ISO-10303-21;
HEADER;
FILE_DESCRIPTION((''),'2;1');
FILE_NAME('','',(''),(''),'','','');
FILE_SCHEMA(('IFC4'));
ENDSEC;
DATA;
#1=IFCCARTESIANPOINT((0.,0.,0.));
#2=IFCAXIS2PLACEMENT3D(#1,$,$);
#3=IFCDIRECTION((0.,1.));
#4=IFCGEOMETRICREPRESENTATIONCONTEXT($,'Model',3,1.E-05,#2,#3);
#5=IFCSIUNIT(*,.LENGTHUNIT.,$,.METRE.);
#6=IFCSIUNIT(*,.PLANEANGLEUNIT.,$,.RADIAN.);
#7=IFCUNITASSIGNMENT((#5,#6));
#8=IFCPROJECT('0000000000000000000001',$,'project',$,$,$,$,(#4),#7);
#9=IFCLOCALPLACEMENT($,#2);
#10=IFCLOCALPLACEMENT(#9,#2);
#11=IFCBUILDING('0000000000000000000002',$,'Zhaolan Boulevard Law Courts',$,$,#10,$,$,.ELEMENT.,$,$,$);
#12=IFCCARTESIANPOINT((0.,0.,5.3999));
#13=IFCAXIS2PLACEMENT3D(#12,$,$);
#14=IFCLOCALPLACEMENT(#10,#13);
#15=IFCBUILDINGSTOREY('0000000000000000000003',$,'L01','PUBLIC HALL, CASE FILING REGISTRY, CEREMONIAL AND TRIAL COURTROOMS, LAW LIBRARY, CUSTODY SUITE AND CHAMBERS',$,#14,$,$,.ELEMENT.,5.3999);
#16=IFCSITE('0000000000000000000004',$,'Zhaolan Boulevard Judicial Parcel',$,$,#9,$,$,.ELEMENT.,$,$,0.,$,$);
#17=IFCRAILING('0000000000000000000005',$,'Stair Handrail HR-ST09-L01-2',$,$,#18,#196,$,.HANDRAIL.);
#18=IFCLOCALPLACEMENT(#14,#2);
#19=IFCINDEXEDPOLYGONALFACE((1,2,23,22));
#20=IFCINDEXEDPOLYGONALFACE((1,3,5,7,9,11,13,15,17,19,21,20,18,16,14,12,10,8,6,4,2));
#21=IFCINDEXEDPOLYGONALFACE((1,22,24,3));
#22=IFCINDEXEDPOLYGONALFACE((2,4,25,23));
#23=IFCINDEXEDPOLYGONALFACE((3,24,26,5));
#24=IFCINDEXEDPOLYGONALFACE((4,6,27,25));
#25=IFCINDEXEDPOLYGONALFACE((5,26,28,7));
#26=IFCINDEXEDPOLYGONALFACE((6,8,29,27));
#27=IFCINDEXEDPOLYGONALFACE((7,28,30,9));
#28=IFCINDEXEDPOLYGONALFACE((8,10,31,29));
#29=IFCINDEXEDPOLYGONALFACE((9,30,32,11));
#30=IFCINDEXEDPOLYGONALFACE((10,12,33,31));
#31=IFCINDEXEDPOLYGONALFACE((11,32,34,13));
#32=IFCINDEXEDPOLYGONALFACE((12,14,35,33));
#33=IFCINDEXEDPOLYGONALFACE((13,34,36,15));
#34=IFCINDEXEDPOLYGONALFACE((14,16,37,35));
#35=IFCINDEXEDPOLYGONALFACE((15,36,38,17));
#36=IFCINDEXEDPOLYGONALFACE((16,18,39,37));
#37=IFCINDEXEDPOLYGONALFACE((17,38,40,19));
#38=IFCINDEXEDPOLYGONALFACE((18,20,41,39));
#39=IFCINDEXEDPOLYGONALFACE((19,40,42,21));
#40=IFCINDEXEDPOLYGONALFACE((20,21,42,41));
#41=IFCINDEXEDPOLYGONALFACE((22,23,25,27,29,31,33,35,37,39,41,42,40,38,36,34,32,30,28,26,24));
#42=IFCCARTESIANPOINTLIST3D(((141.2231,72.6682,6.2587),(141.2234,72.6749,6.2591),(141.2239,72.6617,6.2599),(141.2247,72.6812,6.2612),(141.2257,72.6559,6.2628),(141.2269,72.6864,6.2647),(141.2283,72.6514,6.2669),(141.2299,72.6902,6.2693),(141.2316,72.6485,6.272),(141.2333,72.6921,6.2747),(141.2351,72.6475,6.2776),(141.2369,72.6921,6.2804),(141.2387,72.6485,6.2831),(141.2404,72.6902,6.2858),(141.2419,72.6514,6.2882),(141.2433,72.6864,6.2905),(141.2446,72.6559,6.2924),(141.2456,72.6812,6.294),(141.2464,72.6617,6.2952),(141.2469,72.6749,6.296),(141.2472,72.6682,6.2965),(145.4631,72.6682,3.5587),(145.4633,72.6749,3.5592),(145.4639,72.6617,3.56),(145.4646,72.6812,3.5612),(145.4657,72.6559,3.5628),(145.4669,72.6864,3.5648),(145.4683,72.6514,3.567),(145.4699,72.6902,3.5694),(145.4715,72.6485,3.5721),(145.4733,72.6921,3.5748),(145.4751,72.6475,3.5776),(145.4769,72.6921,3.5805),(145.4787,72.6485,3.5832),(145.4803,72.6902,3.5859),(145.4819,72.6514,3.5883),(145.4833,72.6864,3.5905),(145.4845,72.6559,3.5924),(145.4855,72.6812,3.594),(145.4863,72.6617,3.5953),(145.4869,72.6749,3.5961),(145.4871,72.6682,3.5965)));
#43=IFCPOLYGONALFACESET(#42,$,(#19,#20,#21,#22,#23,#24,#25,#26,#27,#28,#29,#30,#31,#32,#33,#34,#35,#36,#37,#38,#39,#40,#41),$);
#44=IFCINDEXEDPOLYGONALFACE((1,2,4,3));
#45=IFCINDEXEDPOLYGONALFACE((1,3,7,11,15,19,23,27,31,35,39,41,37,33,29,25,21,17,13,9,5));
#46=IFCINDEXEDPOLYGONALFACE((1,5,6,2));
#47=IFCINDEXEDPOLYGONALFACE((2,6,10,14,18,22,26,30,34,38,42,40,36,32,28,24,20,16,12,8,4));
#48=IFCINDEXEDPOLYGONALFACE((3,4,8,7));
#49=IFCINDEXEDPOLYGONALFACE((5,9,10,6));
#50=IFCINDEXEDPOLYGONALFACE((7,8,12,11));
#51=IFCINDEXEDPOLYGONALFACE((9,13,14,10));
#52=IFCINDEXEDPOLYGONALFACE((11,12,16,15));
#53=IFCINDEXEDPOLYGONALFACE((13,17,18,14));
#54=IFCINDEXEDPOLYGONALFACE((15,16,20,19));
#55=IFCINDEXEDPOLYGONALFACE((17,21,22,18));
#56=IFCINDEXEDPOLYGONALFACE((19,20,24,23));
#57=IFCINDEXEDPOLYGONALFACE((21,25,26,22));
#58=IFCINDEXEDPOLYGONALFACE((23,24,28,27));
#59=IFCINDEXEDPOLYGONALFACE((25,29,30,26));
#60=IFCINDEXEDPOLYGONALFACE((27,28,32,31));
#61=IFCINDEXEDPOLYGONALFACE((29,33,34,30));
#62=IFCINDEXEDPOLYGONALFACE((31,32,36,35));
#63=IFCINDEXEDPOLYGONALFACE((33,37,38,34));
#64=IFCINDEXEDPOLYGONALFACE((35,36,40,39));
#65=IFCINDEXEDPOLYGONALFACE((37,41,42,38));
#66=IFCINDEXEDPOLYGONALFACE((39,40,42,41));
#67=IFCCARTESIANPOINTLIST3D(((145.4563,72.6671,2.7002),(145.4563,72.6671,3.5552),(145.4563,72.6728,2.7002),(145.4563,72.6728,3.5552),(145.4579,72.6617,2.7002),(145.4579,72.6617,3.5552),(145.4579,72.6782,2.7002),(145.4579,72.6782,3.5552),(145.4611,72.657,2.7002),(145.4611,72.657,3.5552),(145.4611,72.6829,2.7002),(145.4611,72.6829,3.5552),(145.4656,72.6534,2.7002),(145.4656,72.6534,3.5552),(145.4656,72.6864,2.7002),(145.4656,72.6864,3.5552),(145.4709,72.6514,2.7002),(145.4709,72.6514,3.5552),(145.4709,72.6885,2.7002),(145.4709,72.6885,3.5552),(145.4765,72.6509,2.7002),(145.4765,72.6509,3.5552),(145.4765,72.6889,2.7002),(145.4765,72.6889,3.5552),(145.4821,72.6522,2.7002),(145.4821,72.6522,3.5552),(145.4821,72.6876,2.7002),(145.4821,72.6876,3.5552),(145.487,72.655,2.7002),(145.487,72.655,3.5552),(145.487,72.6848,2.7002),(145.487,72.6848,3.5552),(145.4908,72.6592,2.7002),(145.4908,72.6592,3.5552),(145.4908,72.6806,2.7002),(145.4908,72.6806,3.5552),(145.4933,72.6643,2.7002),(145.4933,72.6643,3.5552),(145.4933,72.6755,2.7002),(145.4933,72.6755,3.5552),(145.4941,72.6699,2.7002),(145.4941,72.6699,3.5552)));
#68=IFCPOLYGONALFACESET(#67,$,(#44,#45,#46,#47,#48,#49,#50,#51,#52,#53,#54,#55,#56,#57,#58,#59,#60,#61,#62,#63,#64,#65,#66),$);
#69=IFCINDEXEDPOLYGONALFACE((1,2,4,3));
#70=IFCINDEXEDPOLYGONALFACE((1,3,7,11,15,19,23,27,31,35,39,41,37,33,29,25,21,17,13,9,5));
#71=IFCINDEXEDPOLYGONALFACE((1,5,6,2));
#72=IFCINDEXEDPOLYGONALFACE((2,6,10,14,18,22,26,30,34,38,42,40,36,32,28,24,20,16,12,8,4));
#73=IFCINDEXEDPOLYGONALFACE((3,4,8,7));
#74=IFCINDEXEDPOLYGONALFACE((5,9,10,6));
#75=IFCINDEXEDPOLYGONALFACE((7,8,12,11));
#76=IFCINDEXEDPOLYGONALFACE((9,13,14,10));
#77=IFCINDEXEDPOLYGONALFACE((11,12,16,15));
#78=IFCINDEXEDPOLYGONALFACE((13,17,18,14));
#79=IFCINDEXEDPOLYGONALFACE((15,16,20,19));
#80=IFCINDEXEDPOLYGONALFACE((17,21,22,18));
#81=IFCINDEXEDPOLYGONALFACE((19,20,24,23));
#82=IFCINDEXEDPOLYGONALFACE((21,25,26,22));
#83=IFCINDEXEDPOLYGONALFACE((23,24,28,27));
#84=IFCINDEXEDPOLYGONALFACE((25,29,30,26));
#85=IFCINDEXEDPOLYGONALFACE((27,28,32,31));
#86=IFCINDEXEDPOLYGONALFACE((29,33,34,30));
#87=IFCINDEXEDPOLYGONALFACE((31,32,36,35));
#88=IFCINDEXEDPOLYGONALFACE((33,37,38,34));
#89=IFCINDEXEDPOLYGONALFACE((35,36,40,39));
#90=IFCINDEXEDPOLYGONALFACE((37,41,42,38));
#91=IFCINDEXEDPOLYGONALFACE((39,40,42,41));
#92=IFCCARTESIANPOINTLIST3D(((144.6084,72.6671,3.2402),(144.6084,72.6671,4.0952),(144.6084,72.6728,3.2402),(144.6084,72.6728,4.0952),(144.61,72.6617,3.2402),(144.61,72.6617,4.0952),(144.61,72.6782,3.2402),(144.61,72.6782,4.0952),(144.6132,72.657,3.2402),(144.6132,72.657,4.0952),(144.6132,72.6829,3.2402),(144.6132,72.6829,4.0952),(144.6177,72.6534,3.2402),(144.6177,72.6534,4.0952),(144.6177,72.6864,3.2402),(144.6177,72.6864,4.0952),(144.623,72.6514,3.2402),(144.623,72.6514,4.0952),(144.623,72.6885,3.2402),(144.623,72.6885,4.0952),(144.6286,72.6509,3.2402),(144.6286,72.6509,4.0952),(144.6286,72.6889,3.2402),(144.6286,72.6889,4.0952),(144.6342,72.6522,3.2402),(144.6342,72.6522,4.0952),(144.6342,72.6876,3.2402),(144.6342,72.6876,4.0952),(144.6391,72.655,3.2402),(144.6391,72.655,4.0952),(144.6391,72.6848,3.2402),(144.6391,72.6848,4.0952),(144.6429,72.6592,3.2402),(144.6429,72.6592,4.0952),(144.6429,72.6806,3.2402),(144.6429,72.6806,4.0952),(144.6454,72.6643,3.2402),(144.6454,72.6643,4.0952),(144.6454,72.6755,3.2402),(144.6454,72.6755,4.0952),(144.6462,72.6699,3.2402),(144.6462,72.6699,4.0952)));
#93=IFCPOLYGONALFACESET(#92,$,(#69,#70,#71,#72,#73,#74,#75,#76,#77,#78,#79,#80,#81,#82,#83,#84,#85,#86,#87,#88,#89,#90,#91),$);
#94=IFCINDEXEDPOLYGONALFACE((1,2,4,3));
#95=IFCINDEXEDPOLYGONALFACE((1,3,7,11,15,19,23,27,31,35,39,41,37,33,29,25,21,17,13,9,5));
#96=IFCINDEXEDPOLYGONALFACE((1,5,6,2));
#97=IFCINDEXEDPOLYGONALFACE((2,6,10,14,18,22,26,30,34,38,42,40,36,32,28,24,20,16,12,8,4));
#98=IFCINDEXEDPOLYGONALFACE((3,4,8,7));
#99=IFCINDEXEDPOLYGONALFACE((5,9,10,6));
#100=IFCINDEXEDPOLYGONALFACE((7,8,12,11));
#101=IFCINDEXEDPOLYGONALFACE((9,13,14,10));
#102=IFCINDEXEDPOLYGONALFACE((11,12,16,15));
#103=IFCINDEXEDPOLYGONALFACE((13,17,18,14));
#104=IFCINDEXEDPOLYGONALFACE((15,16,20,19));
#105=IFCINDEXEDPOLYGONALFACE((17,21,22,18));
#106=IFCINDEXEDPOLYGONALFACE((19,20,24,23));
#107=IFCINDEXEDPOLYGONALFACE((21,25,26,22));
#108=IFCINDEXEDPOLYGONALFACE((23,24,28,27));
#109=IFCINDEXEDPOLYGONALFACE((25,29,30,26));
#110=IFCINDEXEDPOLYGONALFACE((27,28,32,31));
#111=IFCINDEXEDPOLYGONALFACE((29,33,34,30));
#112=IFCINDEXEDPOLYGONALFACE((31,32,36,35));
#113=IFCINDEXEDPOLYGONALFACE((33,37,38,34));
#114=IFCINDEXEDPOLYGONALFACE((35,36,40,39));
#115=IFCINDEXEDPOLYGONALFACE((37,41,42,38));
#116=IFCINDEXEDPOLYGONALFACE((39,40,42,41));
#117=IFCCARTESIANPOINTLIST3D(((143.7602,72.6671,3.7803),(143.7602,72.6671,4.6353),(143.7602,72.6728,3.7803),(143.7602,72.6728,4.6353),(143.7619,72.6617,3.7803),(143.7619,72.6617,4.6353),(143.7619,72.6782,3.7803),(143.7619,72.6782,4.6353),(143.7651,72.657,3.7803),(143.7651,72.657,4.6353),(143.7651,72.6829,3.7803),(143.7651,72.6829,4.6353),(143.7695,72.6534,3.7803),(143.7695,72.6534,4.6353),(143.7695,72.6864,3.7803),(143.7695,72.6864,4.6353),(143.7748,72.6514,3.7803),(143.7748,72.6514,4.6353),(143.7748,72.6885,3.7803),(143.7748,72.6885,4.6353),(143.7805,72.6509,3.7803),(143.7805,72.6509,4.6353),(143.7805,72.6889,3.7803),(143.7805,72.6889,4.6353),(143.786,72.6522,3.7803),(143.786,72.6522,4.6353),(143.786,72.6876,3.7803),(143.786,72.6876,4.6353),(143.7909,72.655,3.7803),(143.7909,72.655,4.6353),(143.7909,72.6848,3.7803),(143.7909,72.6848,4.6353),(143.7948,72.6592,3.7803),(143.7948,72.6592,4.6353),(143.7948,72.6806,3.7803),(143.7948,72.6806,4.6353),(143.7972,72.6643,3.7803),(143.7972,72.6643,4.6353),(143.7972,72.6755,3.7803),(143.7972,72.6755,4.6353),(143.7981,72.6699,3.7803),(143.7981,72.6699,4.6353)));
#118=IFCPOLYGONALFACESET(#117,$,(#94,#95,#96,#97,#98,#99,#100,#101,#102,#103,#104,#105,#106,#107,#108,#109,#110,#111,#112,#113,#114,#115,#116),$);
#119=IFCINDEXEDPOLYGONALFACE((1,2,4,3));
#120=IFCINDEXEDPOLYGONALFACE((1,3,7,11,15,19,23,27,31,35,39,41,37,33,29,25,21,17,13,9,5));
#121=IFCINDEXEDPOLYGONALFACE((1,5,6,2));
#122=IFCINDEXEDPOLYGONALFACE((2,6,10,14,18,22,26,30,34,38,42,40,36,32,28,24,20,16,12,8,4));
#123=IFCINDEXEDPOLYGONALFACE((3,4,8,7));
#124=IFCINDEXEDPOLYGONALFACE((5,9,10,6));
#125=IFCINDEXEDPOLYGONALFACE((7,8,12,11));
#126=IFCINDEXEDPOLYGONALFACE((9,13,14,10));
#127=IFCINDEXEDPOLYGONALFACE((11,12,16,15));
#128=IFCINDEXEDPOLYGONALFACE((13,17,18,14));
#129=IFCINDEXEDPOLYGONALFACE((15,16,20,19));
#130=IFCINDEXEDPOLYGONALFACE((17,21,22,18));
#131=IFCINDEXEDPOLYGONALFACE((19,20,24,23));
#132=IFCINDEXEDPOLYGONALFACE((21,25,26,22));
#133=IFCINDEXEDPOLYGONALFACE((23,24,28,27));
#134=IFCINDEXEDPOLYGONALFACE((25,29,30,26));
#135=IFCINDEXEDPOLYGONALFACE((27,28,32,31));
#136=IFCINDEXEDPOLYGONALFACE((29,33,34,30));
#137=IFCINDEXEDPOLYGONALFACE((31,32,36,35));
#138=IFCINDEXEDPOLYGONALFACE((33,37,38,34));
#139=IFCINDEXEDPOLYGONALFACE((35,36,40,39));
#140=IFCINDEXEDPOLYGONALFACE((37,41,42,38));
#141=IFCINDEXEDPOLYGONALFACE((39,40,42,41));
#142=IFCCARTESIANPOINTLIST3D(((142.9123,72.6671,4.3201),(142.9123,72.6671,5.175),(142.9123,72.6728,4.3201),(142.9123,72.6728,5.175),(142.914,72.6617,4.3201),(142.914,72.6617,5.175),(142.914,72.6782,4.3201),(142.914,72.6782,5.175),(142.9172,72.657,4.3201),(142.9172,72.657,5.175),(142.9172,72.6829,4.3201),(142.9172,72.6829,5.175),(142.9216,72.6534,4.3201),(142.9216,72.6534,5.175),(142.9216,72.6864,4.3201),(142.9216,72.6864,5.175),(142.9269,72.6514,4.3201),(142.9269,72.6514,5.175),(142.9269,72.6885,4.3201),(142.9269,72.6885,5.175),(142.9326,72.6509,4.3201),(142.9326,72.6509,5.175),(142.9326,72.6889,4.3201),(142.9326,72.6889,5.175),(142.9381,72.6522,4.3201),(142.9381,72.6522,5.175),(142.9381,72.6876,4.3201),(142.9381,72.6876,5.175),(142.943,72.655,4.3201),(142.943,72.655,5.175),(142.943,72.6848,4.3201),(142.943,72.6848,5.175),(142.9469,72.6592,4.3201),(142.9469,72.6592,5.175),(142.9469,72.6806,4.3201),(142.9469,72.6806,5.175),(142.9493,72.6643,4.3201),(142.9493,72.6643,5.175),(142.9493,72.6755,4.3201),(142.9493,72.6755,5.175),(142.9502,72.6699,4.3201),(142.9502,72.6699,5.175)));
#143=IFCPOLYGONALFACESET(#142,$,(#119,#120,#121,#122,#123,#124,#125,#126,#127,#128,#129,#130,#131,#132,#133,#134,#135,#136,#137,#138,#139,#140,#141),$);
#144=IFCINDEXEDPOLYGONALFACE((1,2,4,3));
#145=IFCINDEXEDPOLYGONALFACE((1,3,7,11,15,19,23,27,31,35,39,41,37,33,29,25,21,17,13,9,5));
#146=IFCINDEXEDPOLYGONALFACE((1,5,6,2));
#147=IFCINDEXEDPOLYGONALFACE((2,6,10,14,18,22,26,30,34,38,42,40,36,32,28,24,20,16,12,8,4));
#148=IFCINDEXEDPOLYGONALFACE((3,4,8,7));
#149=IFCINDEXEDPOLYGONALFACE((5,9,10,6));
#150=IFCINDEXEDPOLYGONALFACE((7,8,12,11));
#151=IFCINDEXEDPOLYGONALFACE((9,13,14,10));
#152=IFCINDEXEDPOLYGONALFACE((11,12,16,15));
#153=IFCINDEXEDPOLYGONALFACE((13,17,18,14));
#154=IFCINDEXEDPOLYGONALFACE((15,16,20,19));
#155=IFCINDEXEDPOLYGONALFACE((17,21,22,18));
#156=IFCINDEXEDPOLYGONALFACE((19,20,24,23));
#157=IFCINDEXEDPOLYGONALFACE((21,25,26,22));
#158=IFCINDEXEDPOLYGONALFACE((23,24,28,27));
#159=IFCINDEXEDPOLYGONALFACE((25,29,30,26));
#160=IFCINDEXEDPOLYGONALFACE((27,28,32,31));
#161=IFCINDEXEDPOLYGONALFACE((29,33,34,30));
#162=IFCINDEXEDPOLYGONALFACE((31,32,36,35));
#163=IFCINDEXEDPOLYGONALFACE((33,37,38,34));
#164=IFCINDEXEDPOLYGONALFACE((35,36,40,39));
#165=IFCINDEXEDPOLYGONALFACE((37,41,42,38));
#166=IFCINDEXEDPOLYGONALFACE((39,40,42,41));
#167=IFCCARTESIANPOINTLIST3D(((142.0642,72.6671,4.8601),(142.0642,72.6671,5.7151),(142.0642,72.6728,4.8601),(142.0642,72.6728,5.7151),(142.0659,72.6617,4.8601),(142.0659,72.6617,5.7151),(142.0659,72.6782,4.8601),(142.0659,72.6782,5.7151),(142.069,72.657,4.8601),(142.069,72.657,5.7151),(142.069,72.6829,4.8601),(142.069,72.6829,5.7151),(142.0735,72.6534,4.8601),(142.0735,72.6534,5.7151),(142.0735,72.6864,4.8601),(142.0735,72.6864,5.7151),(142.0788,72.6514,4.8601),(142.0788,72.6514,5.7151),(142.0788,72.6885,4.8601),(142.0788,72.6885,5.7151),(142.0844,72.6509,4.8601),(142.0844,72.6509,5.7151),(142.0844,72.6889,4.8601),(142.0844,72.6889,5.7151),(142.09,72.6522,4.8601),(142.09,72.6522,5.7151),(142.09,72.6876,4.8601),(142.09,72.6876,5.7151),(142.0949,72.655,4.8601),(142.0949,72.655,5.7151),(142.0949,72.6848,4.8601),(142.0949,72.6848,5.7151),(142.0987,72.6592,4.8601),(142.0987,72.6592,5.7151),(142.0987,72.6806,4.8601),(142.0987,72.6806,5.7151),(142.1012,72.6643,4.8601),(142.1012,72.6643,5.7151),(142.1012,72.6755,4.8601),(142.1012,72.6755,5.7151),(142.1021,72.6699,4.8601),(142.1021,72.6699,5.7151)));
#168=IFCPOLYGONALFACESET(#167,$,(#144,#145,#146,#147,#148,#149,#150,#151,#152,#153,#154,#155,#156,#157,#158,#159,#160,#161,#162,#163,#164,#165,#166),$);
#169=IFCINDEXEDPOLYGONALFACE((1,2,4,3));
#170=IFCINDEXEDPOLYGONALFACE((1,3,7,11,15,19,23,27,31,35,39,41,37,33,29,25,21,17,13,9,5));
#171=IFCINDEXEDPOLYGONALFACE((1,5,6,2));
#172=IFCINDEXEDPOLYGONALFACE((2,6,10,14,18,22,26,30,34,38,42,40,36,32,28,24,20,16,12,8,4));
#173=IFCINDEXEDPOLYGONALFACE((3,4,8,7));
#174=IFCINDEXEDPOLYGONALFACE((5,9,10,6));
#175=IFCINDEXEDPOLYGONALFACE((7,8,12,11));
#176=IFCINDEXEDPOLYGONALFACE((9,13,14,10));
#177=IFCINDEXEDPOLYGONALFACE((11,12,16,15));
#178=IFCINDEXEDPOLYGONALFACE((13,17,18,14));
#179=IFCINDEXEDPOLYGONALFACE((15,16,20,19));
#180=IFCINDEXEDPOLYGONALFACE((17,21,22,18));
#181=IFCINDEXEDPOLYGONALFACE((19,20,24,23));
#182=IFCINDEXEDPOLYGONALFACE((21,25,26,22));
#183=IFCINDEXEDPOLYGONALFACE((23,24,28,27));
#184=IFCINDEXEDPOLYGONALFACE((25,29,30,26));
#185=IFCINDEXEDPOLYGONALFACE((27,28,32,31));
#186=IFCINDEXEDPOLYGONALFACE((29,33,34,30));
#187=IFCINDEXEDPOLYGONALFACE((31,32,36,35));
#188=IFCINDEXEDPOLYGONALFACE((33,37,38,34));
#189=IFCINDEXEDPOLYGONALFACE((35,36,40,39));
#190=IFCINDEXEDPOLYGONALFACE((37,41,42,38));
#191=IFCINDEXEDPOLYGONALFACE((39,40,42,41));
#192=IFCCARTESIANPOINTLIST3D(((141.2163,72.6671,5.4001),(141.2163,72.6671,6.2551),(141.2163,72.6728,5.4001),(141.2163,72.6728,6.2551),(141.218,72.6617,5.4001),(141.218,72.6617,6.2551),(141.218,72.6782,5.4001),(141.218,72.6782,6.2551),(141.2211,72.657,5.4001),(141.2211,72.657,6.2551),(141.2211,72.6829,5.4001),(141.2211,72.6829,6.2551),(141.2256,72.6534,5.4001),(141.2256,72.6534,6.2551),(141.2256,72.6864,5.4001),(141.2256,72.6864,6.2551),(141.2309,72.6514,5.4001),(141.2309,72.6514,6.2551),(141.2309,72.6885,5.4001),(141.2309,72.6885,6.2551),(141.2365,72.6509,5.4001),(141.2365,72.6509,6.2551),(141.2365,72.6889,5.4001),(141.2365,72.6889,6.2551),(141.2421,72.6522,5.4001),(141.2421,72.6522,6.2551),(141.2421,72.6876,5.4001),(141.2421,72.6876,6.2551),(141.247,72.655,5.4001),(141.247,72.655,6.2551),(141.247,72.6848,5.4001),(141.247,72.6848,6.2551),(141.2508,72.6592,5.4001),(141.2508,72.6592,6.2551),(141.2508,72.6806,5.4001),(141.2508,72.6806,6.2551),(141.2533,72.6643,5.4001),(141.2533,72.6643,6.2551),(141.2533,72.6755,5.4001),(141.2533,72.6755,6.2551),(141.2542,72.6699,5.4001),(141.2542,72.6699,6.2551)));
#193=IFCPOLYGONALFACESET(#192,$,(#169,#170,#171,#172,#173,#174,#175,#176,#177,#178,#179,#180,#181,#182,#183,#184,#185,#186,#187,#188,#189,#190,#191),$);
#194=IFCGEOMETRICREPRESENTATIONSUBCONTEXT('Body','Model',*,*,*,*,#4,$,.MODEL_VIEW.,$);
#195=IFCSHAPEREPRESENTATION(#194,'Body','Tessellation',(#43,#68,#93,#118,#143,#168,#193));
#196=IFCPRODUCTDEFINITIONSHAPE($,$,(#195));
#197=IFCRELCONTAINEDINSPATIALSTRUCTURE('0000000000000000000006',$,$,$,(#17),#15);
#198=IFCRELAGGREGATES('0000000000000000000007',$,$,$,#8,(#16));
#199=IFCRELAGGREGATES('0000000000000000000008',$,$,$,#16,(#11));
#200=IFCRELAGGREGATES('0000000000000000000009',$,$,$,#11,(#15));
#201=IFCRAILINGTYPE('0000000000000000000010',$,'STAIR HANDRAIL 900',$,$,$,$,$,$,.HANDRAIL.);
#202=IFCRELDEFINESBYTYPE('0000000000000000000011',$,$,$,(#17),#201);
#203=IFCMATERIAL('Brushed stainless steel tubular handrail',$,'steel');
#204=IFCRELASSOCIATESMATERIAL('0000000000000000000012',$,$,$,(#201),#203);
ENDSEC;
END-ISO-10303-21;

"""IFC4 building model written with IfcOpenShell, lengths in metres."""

from ifc_helpers import new_model, si_unit, direction, frame, origin, origin_2d, place, context, subcontext, project, spatial, circle, extrude, material, type_object, element, save


model = new_model("IFC4")

# Units and contexts
model_context = context("Model", 3, precision=1e-05, world=origin(), true_north=direction((0.0, 1.0)))
body_context = subcontext(model_context, "Body", "Model", "MODEL_VIEW")
ifc_project = project(units=[si_unit("LENGTHUNIT", "METRE"), si_unit("PLANEANGLEUNIT", "RADIAN")], contexts=[model_context])

# Site, building, storey
site_placement = place(None, origin())
site = spatial("IfcSite", under=ifc_project, at=site_placement, Name="Zhaolan Boulevard Judicial Parcel", CompositionType="ELEMENT", RefElevation=0.0)
building_placement = place(site_placement, origin())
building = spatial("IfcBuilding", under=site, at=building_placement, Name="Zhaolan Boulevard Law Courts", CompositionType="ELEMENT")
storey_placement = place(building_placement, frame((0.0, 0.0, 5.3999)))
storey = spatial("IfcBuildingStorey", under=building, at=storey_placement, Name="L01", Description="PUBLIC HALL, CASE FILING REGISTRY, CEREMONIAL AND TRIAL COURTROOMS, LAW LIBRARY, CUSTODY SUITE AND CHAMBERS", CompositionType="ELEMENT", Elevation=5.3999)

# Railing
ifc_material_1 = material(Name="Brushed stainless steel tubular handrail", Category="steel")
railing_type_1 = type_object("IfcRailingType", Name="STAIR HANDRAIL 900", PredefinedType="HANDRAIL", material=ifc_material_1)
railing_1_placement = place(storey_placement, frame((145.4751, 72.6699, 2.7002)))
element("IfcRailing", 1, at=railing_1_placement, inside=storey, type_object=railing_type_1, Name="Stair Handrail HR-ST09-L01-2", PredefinedType="HANDRAIL", context=body_context, shape_type="SweptSolid", body=[
    extrude(circle(Radius=0.0225, at=origin_2d()), frame((0.0, 0.0, 0.8774), z_axis=(-0.843501, 0.0, 0.537127), x_axis=(0.0, -1.0, 0.0)), (0.0, 0.0, 1.0), 5.0266),
    extrude(circle(Radius=0.019, at=origin_2d()), origin(), (0.0, 0.0, 1.0), 0.855),
    extrude(circle(Radius=0.019, at=origin_2d()), frame((-0.8479, 0.0, 0.54)), (0.0, 0.0, 1.0), 0.855),
    extrude(circle(Radius=0.019, at=origin_2d()), frame((-1.696, 0.0, 1.0801)), (0.0, 0.0, 1.0), 0.855),
    extrude(circle(Radius=0.019, at=origin_2d()), frame((-2.5439, 0.0, 1.6199)), (0.0, 0.0, 1.0), 0.855),
    extrude(circle(Radius=0.019, at=origin_2d()), frame((-3.3921, 0.0, 2.1599)), (0.0, 0.0, 1.0), 0.855),
    extrude(circle(Radius=0.019, at=origin_2d()), frame((-4.24, 0.0, 2.7)), (0.0, 0.0, 1.0), 0.855),
])

save(model, "model.ifc")
